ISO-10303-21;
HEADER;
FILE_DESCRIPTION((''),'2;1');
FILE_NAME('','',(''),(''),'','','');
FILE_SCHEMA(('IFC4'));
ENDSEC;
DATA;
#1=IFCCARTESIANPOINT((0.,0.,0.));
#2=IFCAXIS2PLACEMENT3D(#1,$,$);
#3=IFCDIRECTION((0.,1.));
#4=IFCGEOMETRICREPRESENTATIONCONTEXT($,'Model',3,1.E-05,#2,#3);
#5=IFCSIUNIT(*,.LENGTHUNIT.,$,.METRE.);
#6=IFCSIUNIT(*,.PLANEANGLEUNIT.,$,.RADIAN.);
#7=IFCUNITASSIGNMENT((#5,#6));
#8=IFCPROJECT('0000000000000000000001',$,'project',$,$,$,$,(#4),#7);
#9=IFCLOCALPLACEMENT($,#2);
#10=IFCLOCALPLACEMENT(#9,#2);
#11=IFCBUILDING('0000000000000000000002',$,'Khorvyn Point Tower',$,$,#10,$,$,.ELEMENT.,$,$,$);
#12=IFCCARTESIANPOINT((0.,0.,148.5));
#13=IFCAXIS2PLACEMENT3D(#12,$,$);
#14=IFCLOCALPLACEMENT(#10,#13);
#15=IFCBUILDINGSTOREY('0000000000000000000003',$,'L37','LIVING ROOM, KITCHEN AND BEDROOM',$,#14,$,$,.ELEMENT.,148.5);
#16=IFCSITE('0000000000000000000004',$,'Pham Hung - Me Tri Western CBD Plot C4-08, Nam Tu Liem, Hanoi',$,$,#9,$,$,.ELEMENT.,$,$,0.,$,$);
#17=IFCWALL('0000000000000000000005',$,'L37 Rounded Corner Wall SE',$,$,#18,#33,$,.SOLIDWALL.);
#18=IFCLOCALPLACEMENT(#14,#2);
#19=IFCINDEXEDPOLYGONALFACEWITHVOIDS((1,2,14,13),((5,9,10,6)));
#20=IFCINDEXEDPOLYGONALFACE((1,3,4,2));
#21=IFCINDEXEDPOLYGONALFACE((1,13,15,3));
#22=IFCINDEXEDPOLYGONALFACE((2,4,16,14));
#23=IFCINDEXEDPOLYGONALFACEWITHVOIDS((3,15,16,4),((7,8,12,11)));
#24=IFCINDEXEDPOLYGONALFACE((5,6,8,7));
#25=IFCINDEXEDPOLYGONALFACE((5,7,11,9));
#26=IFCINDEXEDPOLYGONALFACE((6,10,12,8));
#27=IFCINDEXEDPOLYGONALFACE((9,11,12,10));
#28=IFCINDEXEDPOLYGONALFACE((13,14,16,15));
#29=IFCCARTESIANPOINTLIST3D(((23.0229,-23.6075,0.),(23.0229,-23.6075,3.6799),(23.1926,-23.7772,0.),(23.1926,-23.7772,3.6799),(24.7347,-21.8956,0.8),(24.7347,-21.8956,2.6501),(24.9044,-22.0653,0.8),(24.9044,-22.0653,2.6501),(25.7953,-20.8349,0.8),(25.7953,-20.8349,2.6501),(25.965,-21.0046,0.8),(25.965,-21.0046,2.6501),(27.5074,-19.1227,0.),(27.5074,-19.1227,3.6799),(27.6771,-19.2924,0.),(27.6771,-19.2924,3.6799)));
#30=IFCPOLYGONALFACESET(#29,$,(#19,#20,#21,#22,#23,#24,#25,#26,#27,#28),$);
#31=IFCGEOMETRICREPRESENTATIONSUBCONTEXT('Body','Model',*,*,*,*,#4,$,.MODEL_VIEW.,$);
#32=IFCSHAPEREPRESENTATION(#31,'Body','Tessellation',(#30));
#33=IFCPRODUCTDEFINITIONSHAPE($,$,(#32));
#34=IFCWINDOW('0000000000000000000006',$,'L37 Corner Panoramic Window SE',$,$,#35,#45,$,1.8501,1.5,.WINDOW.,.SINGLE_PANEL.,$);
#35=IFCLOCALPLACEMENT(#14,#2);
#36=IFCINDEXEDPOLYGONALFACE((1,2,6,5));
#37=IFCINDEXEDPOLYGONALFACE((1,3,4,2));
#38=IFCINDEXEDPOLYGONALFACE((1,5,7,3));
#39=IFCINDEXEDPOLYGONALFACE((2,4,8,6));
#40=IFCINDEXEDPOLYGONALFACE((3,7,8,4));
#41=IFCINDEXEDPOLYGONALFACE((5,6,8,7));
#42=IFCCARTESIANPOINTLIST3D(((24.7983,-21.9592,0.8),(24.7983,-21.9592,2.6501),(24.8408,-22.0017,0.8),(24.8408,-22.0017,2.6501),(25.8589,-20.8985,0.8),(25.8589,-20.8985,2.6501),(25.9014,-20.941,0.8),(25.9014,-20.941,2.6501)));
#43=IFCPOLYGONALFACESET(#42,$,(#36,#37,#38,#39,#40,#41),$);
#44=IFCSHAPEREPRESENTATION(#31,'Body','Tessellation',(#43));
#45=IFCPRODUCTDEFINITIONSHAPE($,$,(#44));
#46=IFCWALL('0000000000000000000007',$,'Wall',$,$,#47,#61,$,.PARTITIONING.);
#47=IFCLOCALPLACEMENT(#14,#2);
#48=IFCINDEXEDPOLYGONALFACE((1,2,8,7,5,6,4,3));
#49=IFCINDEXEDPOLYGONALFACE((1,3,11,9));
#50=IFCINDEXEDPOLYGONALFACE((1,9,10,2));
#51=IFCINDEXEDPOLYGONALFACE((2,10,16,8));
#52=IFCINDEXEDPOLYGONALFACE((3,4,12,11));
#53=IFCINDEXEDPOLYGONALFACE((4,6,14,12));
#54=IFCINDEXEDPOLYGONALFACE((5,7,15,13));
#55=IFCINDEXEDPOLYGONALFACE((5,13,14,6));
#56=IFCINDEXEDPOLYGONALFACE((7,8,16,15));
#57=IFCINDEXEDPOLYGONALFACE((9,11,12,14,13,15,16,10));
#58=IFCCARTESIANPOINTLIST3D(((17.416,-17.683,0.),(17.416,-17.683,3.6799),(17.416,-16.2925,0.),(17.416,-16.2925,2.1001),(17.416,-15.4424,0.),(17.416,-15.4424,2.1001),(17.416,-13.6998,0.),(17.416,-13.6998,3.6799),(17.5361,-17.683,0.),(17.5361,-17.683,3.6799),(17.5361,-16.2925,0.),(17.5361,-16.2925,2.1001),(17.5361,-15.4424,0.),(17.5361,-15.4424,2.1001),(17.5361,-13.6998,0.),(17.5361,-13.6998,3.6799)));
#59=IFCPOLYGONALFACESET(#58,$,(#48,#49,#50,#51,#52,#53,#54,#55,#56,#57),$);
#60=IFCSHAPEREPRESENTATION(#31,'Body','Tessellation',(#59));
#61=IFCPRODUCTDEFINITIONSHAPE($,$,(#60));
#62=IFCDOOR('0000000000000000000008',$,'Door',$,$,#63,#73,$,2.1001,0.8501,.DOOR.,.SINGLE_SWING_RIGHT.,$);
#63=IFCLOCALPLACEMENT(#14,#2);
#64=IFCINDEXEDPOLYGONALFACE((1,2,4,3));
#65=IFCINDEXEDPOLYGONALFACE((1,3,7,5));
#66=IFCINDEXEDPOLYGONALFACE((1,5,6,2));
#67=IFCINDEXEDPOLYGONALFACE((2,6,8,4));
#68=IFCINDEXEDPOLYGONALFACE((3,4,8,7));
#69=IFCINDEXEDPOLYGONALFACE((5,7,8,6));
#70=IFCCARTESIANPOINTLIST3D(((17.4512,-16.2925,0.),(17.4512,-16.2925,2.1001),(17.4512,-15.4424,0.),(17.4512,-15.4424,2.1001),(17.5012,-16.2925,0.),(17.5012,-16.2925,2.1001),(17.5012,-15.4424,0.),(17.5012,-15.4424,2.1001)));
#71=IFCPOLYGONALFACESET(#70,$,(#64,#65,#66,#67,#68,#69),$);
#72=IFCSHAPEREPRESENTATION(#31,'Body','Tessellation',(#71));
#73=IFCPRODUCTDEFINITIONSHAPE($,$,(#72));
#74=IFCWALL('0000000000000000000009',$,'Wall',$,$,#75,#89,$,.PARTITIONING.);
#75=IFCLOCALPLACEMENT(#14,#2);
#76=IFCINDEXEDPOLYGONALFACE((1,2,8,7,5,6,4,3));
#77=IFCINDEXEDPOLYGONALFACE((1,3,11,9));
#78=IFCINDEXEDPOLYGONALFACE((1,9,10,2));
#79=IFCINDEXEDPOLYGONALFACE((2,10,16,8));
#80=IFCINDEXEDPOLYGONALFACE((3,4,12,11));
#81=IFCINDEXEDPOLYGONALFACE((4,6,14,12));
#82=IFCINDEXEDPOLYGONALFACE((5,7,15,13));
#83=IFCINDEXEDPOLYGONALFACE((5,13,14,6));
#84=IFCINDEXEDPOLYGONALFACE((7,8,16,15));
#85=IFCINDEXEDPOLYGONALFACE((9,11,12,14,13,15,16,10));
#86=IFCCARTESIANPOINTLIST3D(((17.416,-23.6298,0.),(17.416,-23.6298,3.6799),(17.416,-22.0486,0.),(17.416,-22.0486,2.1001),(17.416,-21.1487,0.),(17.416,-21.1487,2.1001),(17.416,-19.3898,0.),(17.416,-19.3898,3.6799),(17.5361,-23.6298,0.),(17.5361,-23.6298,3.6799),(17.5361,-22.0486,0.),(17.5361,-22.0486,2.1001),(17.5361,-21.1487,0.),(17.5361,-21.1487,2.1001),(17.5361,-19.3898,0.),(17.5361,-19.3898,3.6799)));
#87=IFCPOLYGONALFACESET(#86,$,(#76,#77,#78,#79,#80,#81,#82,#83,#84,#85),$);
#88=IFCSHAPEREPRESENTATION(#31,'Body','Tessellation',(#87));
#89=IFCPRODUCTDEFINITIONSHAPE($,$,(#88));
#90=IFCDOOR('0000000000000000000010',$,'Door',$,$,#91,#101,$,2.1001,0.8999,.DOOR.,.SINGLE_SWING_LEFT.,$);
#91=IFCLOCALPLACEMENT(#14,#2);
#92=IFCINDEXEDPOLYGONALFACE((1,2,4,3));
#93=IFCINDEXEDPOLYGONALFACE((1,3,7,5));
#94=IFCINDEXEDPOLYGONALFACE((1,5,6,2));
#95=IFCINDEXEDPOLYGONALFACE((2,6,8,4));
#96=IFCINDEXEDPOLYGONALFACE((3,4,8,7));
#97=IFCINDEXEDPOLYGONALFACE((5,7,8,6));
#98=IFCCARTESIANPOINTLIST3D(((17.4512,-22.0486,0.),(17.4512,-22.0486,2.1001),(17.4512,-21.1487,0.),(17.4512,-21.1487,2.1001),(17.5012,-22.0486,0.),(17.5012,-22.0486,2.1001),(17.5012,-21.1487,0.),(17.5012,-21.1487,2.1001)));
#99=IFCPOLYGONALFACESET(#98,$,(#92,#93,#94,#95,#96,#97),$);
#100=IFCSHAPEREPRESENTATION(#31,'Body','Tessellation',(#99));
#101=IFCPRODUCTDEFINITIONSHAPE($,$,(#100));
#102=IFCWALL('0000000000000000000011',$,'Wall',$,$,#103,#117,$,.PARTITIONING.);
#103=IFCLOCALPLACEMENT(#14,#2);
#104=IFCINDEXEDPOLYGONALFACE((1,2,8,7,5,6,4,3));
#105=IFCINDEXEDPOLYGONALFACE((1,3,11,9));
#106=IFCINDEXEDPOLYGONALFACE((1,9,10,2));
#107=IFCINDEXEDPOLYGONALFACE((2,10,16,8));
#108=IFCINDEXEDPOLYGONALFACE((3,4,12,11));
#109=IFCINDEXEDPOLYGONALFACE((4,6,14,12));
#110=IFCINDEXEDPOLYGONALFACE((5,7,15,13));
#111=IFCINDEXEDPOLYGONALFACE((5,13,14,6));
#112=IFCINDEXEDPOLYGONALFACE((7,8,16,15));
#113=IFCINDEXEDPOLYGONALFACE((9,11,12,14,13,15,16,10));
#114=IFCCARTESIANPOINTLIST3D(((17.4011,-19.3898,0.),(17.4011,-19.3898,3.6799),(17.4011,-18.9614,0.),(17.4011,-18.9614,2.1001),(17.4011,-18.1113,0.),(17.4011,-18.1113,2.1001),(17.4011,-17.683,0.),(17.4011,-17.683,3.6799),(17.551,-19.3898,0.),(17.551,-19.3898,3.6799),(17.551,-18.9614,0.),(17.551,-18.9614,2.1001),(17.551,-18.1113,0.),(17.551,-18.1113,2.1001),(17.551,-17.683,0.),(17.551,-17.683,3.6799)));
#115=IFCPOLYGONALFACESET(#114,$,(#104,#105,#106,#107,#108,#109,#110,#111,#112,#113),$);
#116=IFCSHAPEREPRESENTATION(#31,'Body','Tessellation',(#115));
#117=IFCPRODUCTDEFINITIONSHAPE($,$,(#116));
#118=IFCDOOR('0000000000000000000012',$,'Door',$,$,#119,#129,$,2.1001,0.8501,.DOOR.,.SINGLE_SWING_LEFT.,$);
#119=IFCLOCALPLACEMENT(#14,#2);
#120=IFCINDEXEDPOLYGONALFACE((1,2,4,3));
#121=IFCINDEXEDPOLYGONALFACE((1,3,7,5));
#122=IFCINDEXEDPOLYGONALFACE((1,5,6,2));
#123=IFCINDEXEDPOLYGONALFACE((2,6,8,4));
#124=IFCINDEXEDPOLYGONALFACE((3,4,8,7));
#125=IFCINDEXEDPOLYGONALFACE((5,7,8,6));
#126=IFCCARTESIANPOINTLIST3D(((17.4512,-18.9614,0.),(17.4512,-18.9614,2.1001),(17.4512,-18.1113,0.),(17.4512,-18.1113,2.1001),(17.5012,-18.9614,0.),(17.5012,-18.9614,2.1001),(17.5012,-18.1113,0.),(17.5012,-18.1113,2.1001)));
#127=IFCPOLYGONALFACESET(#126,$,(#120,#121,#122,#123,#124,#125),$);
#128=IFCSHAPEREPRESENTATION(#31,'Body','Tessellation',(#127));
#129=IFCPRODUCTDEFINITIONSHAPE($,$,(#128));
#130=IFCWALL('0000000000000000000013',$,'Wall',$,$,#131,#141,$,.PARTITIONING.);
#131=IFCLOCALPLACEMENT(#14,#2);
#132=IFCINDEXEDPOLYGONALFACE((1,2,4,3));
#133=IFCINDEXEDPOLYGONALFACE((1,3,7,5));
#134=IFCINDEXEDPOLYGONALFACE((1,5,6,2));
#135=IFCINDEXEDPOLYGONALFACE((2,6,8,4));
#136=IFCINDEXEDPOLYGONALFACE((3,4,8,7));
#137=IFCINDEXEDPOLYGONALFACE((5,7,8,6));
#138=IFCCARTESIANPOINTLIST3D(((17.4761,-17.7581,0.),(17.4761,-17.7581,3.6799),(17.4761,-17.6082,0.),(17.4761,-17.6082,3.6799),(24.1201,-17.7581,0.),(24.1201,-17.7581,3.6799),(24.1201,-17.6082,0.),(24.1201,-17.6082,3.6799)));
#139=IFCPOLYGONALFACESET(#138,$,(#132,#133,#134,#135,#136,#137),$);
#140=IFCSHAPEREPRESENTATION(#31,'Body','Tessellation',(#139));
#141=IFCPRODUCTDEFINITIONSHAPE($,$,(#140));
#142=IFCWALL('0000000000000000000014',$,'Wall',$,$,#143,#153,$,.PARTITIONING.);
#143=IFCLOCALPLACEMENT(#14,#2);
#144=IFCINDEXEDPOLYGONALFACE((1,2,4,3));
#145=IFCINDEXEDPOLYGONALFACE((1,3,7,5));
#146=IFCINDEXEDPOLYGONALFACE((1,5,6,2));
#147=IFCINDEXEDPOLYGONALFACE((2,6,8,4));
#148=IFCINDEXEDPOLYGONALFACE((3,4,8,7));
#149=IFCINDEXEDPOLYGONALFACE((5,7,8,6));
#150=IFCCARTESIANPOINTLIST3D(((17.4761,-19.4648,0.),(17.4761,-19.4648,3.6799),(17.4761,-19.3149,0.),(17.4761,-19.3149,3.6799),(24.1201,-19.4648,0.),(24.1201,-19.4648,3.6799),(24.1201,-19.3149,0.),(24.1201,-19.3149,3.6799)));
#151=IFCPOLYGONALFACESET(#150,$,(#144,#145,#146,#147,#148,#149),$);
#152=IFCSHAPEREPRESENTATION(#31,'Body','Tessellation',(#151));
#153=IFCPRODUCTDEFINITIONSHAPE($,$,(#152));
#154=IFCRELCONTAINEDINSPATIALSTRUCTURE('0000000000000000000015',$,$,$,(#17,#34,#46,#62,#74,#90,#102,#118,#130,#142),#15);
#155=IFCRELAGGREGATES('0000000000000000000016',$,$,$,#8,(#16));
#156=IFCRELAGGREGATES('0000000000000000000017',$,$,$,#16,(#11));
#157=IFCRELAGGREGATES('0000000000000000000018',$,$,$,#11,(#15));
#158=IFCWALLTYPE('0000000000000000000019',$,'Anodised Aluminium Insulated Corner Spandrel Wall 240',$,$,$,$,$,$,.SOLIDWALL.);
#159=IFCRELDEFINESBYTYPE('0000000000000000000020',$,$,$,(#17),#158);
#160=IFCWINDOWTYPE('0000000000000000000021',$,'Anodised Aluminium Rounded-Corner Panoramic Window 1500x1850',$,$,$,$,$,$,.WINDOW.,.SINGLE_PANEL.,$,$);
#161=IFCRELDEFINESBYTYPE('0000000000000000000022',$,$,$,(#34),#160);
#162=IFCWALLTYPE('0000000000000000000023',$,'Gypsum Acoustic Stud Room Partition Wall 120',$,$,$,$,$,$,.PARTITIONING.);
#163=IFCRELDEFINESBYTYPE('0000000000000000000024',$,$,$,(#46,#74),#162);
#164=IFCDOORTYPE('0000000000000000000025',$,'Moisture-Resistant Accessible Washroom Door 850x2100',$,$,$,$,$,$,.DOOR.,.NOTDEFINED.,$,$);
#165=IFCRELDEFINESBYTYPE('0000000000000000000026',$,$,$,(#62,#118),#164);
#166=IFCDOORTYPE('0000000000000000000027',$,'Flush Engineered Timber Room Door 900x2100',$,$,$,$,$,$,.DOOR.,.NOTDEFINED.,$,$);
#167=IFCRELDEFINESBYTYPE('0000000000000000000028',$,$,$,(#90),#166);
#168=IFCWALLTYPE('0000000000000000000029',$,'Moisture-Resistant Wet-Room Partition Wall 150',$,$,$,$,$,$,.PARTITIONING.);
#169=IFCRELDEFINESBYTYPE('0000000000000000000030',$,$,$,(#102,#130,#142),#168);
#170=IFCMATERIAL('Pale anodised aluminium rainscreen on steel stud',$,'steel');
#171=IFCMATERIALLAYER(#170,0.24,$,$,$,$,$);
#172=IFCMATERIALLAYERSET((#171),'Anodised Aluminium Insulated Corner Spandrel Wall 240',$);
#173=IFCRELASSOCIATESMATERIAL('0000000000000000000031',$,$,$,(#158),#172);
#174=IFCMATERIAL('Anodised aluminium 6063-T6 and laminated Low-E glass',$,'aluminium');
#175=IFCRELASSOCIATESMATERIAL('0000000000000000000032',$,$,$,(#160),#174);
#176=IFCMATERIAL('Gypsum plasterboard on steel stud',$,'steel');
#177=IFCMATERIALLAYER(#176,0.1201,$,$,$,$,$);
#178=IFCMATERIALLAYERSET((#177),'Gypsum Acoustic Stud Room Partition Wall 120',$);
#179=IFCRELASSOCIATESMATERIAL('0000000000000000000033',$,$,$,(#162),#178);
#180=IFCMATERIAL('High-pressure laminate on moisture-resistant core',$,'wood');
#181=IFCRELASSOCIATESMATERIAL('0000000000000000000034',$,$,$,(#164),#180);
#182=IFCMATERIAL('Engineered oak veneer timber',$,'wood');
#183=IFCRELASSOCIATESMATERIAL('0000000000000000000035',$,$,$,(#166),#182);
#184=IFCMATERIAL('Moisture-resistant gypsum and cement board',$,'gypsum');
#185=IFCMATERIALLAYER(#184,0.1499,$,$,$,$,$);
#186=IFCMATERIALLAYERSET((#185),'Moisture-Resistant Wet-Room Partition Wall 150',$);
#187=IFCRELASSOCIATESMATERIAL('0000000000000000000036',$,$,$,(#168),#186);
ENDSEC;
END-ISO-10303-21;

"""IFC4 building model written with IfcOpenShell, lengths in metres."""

from ifc_helpers import new_model, si_unit, direction, frame, frame_2d, origin, place, context, subcontext, project, spatial, rectangle, extrude, material, layer, layer_set, type_object, element, fill, save


model = new_model("IFC4")

# Units and contexts
model_context = context("Model", 3, precision=1e-05, world=origin(), true_north=direction((0.0, 1.0)))
body_context = subcontext(model_context, "Body", "Model", "MODEL_VIEW")
ifc_project = project(units=[si_unit("LENGTHUNIT", "METRE"), si_unit("PLANEANGLEUNIT", "RADIAN")], contexts=[model_context])

# Site, building, storey
site_placement = place(None, origin())
site = spatial("IfcSite", under=ifc_project, at=site_placement, Name="Pham Hung - Me Tri Western CBD Plot C4-08, Nam Tu Liem, Hanoi", CompositionType="ELEMENT", RefElevation=0.0)
building_placement = place(site_placement, origin())
building = spatial("IfcBuilding", under=site, at=building_placement, Name="Khorvyn Point Tower", CompositionType="ELEMENT")
storey_placement = place(building_placement, frame((0.0, 0.0, 148.5)))
storey = spatial("IfcBuildingStorey", under=building, at=storey_placement, Name="L37", Description="LIVING ROOM, KITCHEN AND BEDROOM", CompositionType="ELEMENT", Elevation=148.5)

# Shared definitions
ifc_material_1 = material(Name="Anodised aluminium 6063-T6 and laminated Low-E glass", Category="aluminium")

# Wall, opening, window
ifc_material_2 = material(Name="Pale anodised aluminium rainscreen on steel stud", Category="steel")
ifc_layer_1 = layer(ifc_material_2, 0.24)
ifc_layer_set_1 = layer_set([ifc_layer_1], Name="Anodised Aluminium Insulated Corner Spandrel Wall 240")
wall_type_1 = type_object("IfcWallType", Name="Anodised Aluminium Insulated Corner Spandrel Wall 240", PredefinedType="SOLIDWALL", material=ifc_layer_set_1)
wall_1_placement = place(storey_placement, frame((27.5923, -19.2075, 0.0), z_axis=(0.0, 0.0, 1.0), x_axis=(-0.707088, -0.707126, 0.0)))
wall_1 = element("IfcWall", 1, at=wall_1_placement, inside=storey, type_object=wall_type_1, Name="L37 Rounded Corner Wall SE", PredefinedType="SOLIDWALL", context=body_context, shape_type="SweptSolid", body=[
    extrude(rectangle(XDim=6.3423, YDim=0.24, at=frame_2d((3.1711, 0.0))), origin(), (0.0, 0.0, 1.0), 3.6799),
])
opening_1_placement = place(wall_1_placement, frame((2.4214, 0.0, 0.8)))
opening_1 = element("IfcOpeningElement", 2, at=opening_1_placement, cuts=wall_1, PredefinedType="OPENING", context=body_context, shape_type="SweptSolid", body=[
    extrude(rectangle(XDim=1.5, YDim=1.8501, at=frame_2d((0.75, 0.925))), frame((0.0, 0.1299, 0.0), z_axis=(0.0, -1.0, 0.0), x_axis=(1.0, 0.0, 0.0)), (0.0, 0.0, 1.0), 0.26),
])
window_type = type_object("IfcWindowType", Name="Anodised Aluminium Rounded-Corner Panoramic Window 1500x1850", PartitioningType="SINGLE_PANEL", PredefinedType="WINDOW", material=ifc_material_1)
window_placement = place(opening_1_placement, origin())
window = element("IfcWindow", 3, at=window_placement, inside=storey, type_object=window_type, Name="L37 Corner Panoramic Window SE", OverallHeight=1.8501, OverallWidth=1.5, PartitioningType="SINGLE_PANEL", PredefinedType="WINDOW", context=body_context, shape_type="SweptSolid", body=[
    extrude(rectangle(XDim=1.5, YDim=1.8501, at=frame_2d((0.75, 0.925))), frame((0.0, 0.03, 0.0), z_axis=(0.0, -1.0, 0.0), x_axis=(1.0, 0.0, 0.0)), (0.0, 0.0, 1.0), 0.0601),
])
fill(opening_1, window)

# Walls, openings, doors
ifc_material_3 = material(Name="Gypsum plasterboard on steel stud", Category="steel")
ifc_layer_2 = layer(ifc_material_3, 0.1201)
ifc_layer_set_2 = layer_set([ifc_layer_2], Name="Gypsum Acoustic Stud Room Partition Wall 120")
wall_type_2 = type_object("IfcWallType", Name="Gypsum Acoustic Stud Room Partition Wall 120", PredefinedType="PARTITIONING", material=ifc_layer_set_2)
wall_2_placement = place(storey_placement, frame((17.4761, -17.6831, 0.0), z_axis=(0.0, 0.0, 1.0), x_axis=(0.0, 1.0, 0.0)))
wall_2 = element("IfcWall", 4, at=wall_2_placement, inside=storey, type_object=wall_type_2, Name="Wall", PredefinedType="PARTITIONING", context=body_context, shape_type="SweptSolid", body=[
    extrude(rectangle(XDim=3.9832, YDim=0.1201, at=frame_2d((1.9917, 0.0))), origin(), (0.0, 0.0, 1.0), 3.6799),
])
opening_2_placement = place(wall_2_placement, frame((1.3906, 0.0, 0.0)))
opening_2 = element("IfcOpeningElement", 5, at=opening_2_placement, cuts=wall_2, PredefinedType="OPENING", context=body_context, shape_type="SweptSolid", body=[
    extrude(rectangle(XDim=0.8501, YDim=2.1001, at=frame_2d((0.425, 1.05))), frame((0.0, 0.0701, 0.0), z_axis=(0.0, -1.0, 0.0), x_axis=(1.0, 0.0, 0.0)), (0.0, 0.0, 1.0), 0.1401),
])
ifc_material_4 = material(Name="High-pressure laminate on moisture-resistant core", Category="wood")
door_type_1 = type_object("IfcDoorType", Name="Moisture-Resistant Accessible Washroom Door 850x2100", OperationType="NOTDEFINED", PredefinedType="DOOR", material=ifc_material_4)
door_1_placement = place(opening_2_placement, origin())
door_1 = element("IfcDoor", 6, at=door_1_placement, inside=storey, type_object=door_type_1, Name="Door", OperationType="SINGLE_SWING_RIGHT", OverallHeight=2.1001, OverallWidth=0.8501, PredefinedType="DOOR", context=body_context, shape_type="SweptSolid", body=[
    extrude(rectangle(XDim=0.8501, YDim=2.1001, at=frame_2d((0.425, 1.05))), frame((0.0, 0.0249, 0.0), z_axis=(0.0, -1.0, 0.0), x_axis=(1.0, 0.0, 0.0)), (0.0, 0.0, 1.0), 0.05),
])
fill(opening_2, door_1)
wall_3_placement = place(storey_placement, frame((17.4761, -23.6299, 0.0), z_axis=(0.0, 0.0, 1.0), x_axis=(0.0, 1.0, 0.0)))
wall_3 = element("IfcWall", 7, at=wall_3_placement, inside=storey, type_object=wall_type_2, Name="Wall", PredefinedType="PARTITIONING", context=body_context, shape_type="SweptSolid", body=[
    extrude(rectangle(XDim=4.24, YDim=0.1201, at=frame_2d((2.1201, 0.0))), origin(), (0.0, 0.0, 1.0), 3.6799),
])
opening_3_placement = place(wall_3_placement, frame((1.5813, 0.0, 0.0)))
opening_3 = element("IfcOpeningElement", 8, at=opening_3_placement, cuts=wall_3, PredefinedType="OPENING", context=body_context, shape_type="SweptSolid", body=[
    extrude(rectangle(XDim=0.8999, YDim=2.1001, at=frame_2d((0.45, 1.05))), frame((0.0, 0.0701, 0.0), z_axis=(0.0, -1.0, 0.0), x_axis=(1.0, 0.0, 0.0)), (0.0, 0.0, 1.0), 0.1401),
])
ifc_material_5 = material(Name="Engineered oak veneer timber", Category="wood")
door_type_2 = type_object("IfcDoorType", Name="Flush Engineered Timber Room Door 900x2100", OperationType="NOTDEFINED", PredefinedType="DOOR", material=ifc_material_5)
door_2_placement = place(opening_3_placement, origin())
door_2 = element("IfcDoor", 9, at=door_2_placement, inside=storey, type_object=door_type_2, Name="Door", OperationType="SINGLE_SWING_LEFT", OverallHeight=2.1001, OverallWidth=0.8999, PredefinedType="DOOR", context=body_context, shape_type="SweptSolid", body=[
    extrude(rectangle(XDim=0.8999, YDim=2.1001, at=frame_2d((0.45, 1.05))), frame((0.0, 0.0249, 0.0), z_axis=(0.0, -1.0, 0.0), x_axis=(1.0, 0.0, 0.0)), (0.0, 0.0, 1.0), 0.05),
])
fill(opening_3, door_2)
ifc_material_6 = material(Name="Moisture-resistant gypsum and cement board", Category="gypsum")
ifc_layer_3 = layer(ifc_material_6, 0.1499)
ifc_layer_set_3 = layer_set([ifc_layer_3], Name="Moisture-Resistant Wet-Room Partition Wall 150")
wall_type_3 = type_object("IfcWallType", Name="Moisture-Resistant Wet-Room Partition Wall 150", PredefinedType="PARTITIONING", material=ifc_layer_set_3)
wall_4_placement = place(storey_placement, frame((17.4761, -19.3899, 0.0), z_axis=(0.0, 0.0, 1.0), x_axis=(0.0, 1.0, 0.0)))
wall_4 = element("IfcWall", 10, at=wall_4_placement, inside=storey, type_object=wall_type_3, Name="Wall", PredefinedType="PARTITIONING", context=body_context, shape_type="SweptSolid", body=[
    extrude(rectangle(XDim=1.7068, YDim=0.1499, at=frame_2d((0.8535, 0.0))), origin(), (0.0, 0.0, 1.0), 3.6799),
])
opening_4_placement = place(wall_4_placement, frame((0.4285, 0.0, 0.0)))
opening_4 = element("IfcOpeningElement", 11, at=opening_4_placement, cuts=wall_4, PredefinedType="OPENING", context=body_context, shape_type="SweptSolid", body=[
    extrude(rectangle(XDim=0.8501, YDim=2.1001, at=frame_2d((0.425, 1.05))), frame((0.0, 0.085, 0.0), z_axis=(0.0, -1.0, 0.0), x_axis=(1.0, 0.0, 0.0)), (0.0, 0.0, 1.0), 0.1699),
])
door_3_placement = place(opening_4_placement, origin())
door_3 = element("IfcDoor", 12, at=door_3_placement, inside=storey, type_object=door_type_1, Name="Door", OperationType="SINGLE_SWING_LEFT", OverallHeight=2.1001, OverallWidth=0.8501, PredefinedType="DOOR", context=body_context, shape_type="SweptSolid", body=[
    extrude(rectangle(XDim=0.8501, YDim=2.1001, at=frame_2d((0.425, 1.05))), frame((0.0, 0.0249, 0.0), z_axis=(0.0, -1.0, 0.0), x_axis=(1.0, 0.0, 0.0)), (0.0, 0.0, 1.0), 0.05),
])
fill(opening_4, door_3)

# Walls
for number, where, z_axis, x_axis, name in (
    (13, (17.4761, -17.6831, 0.0), (0.0, 0.0, 1.0), (1.0, 0.0, 0.0), "Wall"),
    (14, (17.4761, -19.3899, 0.0), (0.0, 0.0, 1.0), (1.0, 0.0, 0.0), "Wall"),
):
    element("IfcWall", number, at=place(storey_placement, frame(where, z_axis=z_axis, x_axis=x_axis)), inside=storey, type_object=wall_type_3, Name=name, PredefinedType="PARTITIONING", context=body_context, shape_type="SweptSolid", body=[
        extrude(rectangle(XDim=6.644, YDim=0.1499, at=frame_2d((3.322, 0.0))), origin(), (0.0, 0.0, 1.0), 3.6799),
    ])

save(model, "model.ifc")
